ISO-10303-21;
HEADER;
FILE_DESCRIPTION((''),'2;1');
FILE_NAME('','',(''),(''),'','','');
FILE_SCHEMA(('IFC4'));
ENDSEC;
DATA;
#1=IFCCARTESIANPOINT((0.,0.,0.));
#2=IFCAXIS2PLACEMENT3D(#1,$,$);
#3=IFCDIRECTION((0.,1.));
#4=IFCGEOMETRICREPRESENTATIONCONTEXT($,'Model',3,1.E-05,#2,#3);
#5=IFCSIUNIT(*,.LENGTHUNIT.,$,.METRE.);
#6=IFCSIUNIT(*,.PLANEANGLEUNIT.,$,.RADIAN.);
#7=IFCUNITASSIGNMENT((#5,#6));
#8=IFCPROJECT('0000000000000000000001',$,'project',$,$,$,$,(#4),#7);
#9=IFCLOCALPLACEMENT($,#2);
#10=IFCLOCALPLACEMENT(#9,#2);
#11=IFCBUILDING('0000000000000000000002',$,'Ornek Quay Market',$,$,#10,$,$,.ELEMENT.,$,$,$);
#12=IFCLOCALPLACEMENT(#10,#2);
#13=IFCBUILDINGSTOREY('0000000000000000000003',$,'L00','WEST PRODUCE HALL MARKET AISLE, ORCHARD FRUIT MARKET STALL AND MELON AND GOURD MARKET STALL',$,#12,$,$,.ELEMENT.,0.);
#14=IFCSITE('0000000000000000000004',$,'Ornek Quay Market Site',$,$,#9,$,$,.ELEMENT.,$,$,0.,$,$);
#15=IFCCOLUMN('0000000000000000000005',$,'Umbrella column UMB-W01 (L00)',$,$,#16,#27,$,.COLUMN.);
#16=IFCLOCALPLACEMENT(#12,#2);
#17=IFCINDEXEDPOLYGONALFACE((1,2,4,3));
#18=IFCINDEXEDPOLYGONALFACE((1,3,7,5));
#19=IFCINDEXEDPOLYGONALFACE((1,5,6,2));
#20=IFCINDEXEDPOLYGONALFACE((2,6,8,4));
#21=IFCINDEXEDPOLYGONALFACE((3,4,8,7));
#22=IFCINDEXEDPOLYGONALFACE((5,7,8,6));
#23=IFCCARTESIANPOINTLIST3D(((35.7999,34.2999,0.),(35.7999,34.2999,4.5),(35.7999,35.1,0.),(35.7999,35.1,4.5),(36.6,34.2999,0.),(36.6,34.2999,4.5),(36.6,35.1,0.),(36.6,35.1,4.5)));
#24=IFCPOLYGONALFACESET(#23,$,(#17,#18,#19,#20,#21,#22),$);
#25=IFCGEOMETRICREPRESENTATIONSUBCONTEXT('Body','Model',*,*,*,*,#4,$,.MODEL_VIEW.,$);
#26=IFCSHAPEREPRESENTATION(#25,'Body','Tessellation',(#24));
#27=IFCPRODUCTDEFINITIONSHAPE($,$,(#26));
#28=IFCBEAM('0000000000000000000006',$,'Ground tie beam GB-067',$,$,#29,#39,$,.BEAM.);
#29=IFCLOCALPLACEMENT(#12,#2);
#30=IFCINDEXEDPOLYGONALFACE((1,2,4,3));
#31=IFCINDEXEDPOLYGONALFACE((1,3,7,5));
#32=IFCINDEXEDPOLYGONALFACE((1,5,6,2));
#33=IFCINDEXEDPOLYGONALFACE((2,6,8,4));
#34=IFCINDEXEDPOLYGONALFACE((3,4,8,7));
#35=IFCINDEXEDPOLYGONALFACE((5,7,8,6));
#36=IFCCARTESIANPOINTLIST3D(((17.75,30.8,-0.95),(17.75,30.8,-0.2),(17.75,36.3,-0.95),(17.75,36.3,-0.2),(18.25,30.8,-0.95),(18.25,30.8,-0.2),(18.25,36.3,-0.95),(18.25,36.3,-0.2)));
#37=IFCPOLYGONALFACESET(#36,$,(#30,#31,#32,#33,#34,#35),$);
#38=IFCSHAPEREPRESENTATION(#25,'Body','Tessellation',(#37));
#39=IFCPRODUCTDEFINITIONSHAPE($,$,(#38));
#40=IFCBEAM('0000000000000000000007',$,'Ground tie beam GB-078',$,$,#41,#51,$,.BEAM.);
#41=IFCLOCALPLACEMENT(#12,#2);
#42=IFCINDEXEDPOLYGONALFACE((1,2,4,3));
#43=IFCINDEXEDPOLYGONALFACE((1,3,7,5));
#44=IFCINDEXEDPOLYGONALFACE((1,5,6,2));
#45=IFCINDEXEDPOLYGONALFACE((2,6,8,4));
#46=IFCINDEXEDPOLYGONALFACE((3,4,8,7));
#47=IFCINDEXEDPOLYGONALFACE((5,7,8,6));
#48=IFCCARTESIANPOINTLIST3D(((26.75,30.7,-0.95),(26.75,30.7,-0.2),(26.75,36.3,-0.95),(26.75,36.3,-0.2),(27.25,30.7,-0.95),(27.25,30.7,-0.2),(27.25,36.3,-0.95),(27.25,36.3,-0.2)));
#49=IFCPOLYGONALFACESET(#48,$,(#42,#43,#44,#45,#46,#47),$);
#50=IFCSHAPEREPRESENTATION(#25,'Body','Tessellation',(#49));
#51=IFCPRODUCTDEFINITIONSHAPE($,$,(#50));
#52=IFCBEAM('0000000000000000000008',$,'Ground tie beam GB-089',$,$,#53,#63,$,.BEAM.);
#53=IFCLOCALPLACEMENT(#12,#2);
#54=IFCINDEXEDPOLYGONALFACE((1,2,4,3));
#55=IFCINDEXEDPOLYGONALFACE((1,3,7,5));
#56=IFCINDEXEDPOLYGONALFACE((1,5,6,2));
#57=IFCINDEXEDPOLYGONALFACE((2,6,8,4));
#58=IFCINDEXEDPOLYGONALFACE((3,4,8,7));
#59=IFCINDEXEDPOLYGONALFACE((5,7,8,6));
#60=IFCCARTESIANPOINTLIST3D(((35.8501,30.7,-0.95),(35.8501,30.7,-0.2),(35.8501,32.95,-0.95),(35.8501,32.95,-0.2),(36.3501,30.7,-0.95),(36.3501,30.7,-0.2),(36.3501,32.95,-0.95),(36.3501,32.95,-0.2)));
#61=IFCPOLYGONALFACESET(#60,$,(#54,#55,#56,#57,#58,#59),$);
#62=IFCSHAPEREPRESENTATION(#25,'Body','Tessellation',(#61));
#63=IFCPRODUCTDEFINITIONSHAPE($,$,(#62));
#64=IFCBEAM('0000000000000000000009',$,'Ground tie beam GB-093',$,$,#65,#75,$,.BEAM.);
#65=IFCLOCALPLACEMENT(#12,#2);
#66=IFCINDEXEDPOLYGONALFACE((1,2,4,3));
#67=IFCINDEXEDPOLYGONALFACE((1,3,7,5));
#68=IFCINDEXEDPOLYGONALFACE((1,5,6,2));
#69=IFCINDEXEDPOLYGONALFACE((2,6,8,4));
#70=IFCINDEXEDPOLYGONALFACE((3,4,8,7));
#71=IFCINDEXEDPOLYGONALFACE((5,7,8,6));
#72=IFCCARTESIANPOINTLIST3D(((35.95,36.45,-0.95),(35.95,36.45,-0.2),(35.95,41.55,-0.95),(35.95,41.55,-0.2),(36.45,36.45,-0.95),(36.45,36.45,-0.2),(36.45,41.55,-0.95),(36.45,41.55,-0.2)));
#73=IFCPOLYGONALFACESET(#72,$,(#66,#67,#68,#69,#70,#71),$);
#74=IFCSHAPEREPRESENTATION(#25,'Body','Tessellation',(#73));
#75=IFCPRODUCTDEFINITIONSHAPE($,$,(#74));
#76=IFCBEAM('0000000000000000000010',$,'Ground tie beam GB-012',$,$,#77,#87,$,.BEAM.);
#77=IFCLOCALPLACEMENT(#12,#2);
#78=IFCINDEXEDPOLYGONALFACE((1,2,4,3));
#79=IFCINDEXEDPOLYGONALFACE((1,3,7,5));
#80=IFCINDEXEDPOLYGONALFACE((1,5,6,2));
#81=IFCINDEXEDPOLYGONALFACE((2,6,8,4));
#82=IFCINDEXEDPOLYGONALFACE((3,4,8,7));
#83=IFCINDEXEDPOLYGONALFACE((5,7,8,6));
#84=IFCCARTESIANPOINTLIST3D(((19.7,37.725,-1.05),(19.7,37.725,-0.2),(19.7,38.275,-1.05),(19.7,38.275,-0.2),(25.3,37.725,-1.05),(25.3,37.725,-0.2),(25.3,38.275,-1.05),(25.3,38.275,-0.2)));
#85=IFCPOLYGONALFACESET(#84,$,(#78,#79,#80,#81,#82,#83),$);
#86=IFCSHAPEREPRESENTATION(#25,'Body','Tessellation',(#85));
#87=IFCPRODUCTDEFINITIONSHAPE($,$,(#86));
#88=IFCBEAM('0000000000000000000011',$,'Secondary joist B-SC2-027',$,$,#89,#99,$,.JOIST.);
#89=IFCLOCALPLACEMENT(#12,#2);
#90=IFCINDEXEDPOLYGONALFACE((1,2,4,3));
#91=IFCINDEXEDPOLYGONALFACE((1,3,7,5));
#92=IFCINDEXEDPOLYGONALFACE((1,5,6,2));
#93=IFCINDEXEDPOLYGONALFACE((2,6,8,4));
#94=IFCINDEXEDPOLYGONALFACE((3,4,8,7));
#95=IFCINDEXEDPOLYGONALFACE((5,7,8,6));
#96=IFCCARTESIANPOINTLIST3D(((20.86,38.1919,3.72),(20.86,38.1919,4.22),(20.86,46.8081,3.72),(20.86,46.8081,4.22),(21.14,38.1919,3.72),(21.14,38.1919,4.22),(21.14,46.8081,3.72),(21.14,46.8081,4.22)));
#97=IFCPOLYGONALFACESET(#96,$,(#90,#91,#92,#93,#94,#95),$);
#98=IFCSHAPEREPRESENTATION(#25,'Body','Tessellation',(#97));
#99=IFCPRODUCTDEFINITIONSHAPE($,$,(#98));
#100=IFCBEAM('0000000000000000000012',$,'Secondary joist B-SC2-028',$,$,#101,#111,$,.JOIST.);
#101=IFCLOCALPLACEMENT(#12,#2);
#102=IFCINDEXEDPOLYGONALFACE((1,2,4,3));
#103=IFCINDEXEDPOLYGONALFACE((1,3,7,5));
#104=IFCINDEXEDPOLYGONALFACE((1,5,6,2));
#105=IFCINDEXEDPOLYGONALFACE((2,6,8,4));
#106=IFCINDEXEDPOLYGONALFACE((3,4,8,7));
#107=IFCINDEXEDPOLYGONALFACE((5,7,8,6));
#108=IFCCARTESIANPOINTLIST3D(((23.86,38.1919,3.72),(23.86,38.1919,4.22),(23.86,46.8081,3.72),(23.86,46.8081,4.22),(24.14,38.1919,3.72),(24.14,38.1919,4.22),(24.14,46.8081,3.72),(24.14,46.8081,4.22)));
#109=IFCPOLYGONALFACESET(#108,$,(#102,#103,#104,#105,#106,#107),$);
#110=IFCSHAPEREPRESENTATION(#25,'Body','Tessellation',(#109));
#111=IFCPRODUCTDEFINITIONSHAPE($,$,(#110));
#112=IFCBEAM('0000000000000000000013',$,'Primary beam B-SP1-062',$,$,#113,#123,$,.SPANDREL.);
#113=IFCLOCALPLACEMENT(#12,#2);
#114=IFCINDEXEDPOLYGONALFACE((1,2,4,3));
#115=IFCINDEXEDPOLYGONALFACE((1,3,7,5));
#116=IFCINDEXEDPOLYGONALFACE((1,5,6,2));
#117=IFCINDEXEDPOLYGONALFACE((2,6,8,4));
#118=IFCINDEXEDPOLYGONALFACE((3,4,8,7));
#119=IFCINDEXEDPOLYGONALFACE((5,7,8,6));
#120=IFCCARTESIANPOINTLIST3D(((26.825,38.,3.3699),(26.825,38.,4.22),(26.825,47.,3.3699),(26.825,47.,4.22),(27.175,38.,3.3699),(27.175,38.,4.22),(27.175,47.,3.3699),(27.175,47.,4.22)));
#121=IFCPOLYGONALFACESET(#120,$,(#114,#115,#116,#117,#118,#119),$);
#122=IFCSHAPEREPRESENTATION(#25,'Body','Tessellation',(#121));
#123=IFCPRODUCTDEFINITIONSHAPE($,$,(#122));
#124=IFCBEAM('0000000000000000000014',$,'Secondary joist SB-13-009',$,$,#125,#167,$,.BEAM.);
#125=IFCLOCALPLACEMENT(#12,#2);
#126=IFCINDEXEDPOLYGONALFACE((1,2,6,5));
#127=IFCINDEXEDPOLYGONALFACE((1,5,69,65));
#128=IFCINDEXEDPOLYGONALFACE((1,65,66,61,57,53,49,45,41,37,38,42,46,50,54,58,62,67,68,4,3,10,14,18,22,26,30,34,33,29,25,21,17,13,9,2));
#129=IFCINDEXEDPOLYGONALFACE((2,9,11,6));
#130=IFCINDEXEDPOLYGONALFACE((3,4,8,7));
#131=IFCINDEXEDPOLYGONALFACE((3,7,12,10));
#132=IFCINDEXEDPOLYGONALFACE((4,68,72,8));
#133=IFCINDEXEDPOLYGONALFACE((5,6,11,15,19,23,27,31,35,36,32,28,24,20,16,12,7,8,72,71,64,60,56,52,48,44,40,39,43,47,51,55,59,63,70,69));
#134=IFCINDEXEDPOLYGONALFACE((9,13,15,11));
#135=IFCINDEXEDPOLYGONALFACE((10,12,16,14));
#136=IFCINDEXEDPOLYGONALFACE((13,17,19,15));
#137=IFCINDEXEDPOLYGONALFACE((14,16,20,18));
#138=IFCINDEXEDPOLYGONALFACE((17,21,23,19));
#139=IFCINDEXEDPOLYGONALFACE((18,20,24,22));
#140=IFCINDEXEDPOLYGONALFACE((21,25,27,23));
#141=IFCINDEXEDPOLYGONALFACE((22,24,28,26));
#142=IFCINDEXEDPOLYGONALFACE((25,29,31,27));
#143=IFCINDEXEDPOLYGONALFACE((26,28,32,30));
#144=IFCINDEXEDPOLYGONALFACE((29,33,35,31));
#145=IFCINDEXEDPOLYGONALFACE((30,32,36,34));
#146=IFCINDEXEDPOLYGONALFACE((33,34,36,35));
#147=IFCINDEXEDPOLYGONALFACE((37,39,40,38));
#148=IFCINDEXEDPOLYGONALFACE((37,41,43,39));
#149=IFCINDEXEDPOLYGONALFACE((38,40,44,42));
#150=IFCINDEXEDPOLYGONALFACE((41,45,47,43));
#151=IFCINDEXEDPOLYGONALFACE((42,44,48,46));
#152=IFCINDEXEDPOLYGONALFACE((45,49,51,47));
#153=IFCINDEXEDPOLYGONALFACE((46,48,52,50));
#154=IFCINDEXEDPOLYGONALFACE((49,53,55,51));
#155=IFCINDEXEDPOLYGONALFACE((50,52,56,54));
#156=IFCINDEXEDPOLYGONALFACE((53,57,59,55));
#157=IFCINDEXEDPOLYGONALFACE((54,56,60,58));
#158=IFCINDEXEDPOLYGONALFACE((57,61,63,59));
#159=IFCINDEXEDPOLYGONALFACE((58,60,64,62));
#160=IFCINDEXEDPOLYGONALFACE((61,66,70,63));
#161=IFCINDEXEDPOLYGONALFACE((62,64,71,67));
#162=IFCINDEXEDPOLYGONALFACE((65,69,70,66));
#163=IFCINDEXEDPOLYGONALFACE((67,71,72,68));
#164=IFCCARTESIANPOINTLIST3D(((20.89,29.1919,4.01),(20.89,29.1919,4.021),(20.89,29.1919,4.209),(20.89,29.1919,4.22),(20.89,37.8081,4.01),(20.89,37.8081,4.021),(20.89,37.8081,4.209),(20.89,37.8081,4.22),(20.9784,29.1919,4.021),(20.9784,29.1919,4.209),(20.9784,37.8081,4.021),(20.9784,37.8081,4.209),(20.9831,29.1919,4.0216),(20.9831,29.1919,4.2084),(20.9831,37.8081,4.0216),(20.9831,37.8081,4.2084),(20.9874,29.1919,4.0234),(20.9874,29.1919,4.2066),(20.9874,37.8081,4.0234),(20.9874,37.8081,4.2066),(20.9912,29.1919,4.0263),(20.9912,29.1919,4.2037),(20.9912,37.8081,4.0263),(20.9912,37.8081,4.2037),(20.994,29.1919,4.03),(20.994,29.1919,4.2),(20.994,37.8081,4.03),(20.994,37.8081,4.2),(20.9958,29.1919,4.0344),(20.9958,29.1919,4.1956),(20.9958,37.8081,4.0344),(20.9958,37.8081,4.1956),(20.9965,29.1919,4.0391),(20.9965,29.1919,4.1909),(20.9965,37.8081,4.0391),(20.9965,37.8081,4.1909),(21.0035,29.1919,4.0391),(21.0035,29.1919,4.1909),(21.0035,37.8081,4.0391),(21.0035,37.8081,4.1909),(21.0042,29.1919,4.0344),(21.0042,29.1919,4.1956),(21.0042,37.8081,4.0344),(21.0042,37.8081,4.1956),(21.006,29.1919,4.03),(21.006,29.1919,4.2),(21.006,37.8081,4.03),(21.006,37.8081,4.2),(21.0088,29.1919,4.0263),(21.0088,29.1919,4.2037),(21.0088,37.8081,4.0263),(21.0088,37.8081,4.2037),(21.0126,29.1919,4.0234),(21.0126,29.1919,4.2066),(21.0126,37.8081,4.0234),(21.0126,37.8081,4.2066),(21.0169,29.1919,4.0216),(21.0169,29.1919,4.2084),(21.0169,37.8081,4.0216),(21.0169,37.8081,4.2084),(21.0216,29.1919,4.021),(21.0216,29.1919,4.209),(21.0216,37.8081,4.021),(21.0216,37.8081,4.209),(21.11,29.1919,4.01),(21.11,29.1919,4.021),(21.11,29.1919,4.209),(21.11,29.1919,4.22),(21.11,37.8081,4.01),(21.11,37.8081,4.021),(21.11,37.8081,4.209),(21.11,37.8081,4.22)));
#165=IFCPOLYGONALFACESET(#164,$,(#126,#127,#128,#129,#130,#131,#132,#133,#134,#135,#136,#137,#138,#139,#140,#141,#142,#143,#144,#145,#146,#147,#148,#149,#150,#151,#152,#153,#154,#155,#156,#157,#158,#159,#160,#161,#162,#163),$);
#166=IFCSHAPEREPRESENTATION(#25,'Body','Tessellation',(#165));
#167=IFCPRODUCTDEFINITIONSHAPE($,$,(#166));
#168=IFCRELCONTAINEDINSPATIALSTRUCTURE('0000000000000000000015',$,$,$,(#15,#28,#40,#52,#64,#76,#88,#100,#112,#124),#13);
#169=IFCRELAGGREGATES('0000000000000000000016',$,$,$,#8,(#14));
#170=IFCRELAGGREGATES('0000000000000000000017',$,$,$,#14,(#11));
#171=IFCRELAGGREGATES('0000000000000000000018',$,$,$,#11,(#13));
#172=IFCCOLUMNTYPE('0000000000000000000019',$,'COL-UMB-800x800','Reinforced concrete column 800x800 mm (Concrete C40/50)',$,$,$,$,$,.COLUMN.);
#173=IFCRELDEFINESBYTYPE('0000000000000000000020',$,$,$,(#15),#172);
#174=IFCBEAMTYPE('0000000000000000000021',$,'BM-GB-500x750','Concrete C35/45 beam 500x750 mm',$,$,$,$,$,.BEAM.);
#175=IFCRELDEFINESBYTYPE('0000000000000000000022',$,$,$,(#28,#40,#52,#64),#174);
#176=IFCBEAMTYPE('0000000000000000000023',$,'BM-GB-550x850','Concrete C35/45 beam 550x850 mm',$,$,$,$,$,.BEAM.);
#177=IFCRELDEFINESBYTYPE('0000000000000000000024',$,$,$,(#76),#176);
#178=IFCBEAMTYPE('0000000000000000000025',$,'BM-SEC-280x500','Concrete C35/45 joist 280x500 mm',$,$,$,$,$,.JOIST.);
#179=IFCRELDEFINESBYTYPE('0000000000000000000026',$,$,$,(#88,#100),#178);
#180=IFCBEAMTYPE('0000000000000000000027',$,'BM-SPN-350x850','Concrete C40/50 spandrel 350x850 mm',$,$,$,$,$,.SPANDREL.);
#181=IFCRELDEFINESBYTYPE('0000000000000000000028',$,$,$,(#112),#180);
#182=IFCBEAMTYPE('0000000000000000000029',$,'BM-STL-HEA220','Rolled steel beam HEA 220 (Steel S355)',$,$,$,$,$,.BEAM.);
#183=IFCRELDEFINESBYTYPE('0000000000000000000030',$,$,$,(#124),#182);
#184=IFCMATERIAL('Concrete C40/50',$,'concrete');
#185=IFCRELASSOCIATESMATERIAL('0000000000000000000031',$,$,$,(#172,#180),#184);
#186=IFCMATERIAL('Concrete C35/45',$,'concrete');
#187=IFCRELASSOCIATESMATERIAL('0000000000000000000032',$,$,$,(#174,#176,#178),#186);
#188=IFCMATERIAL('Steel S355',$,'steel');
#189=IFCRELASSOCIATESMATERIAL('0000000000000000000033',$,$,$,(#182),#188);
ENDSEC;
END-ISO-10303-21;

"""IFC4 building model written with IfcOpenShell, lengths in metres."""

from ifc_helpers import new_model, si_unit, direction, frame, origin, origin_2d, place, context, subcontext, project, spatial, rectangle, i_section, extrude, material, material_profile, profile_set, type_object, element, save


model = new_model("IFC4")

# Units and contexts
model_context = context("Model", 3, precision=1e-05, world=origin(), true_north=direction((0.0, 1.0)))
body_context = subcontext(model_context, "Body", "Model", "MODEL_VIEW")
ifc_project = project(units=[si_unit("LENGTHUNIT", "METRE"), si_unit("PLANEANGLEUNIT", "RADIAN")], contexts=[model_context])

# Site, building, storey
site_placement = place(None, origin())
site = spatial("IfcSite", under=ifc_project, at=site_placement, Name="Ornek Quay Market Site", CompositionType="ELEMENT", RefElevation=0.0)
building_placement = place(site_placement, origin())
building = spatial("IfcBuilding", under=site, at=building_placement, Name="Ornek Quay Market", CompositionType="ELEMENT")
storey_placement = place(building_placement, origin())
storey = spatial("IfcBuildingStorey", under=building, at=storey_placement, Name="L00", Description="WEST PRODUCE HALL MARKET AISLE, ORCHARD FRUIT MARKET STALL AND MELON AND GOURD MARKET STALL", CompositionType="ELEMENT", Elevation=0.0)

# Shared definitions
ifc_material_1 = material(Name="Concrete C35/45", Category="concrete")

# Column
ifc_material_2 = material(Name="Concrete C40/50", Category="concrete")
ifc_material_profile_1 = material_profile(ifc_material_2, rectangle(XDim=0.8, YDim=0.8, at=origin_2d()), Name="RC 800x800", Category="concrete")
ifc_profile_set_1 = profile_set([ifc_material_profile_1], Name="Concrete C40/50")
column_type_1 = type_object("IfcColumnType", Name="COL-UMB-800x800", Description="Reinforced concrete column 800x800 mm (Concrete C40/50)", PredefinedType="COLUMN", material=ifc_profile_set_1)
column_placement = place(storey_placement, frame((36.2, 34.7, 0.0), z_axis=(0.0, 0.0, 1.0), x_axis=(1.0, 0.0, 0.0)))
element("IfcColumn", 1, at=column_placement, inside=storey, type_object=column_type_1, Name="Umbrella column UMB-W01 (L00)", PredefinedType="COLUMN", context=body_context, shape_type="SweptSolid", body=[
    extrude(rectangle(XDim=0.8, YDim=0.8, at=origin_2d()), origin(), (0.0, 0.0, 1.0), 4.5),
])

# Beams
ifc_material_profile_2 = material_profile(ifc_material_1, rectangle(XDim=0.5, YDim=0.75, at=origin_2d()), Name="RC 500x750", Category="concrete")
ifc_profile_set_2 = profile_set([ifc_material_profile_2], Name="Concrete C35/45")
beam_type_1 = type_object("IfcBeamType", Name="BM-GB-500x750", Description="Concrete C35/45 beam 500x750 mm", PredefinedType="BEAM", material=ifc_profile_set_2)
beam_1_placement = place(storey_placement, frame((18.0, 30.8, -0.575), z_axis=(0.0, 1.0, 0.0), x_axis=(-1.0, 0.0, 0.0)))
element("IfcBeam", 2, at=beam_1_placement, inside=storey, type_object=beam_type_1, Name="Ground tie beam GB-067", PredefinedType="BEAM", context=body_context, shape_type="SweptSolid", body=[
    extrude(rectangle(XDim=0.5, YDim=0.75, at=origin_2d()), origin(), (0.0, 0.0, 1.0), 5.5),
])
beam_2_placement = place(storey_placement, frame((27.0, 30.7, -0.575), z_axis=(0.0, 1.0, 0.0), x_axis=(-1.0, 0.0, 0.0)))
element("IfcBeam", 3, at=beam_2_placement, inside=storey, type_object=beam_type_1, Name="Ground tie beam GB-078", PredefinedType="BEAM", context=body_context, shape_type="SweptSolid", body=[
    extrude(rectangle(XDim=0.5, YDim=0.75, at=origin_2d()), origin(), (0.0, 0.0, 1.0), 5.6001),
])
beam_3_placement = place(storey_placement, frame((36.1001, 30.7, -0.575), z_axis=(0.0, 1.0, 0.0), x_axis=(-1.0, 0.0, 0.0)))
element("IfcBeam", 4, at=beam_3_placement, inside=storey, type_object=beam_type_1, Name="Ground tie beam GB-089", PredefinedType="BEAM", context=body_context, shape_type="SweptSolid", body=[
    extrude(rectangle(XDim=0.5, YDim=0.75, at=origin_2d()), origin(), (0.0, 0.0, 1.0), 2.25),
])
beam_4_placement = place(storey_placement, frame((36.2, 36.45, -0.575), z_axis=(0.0, 1.0, 0.0), x_axis=(-1.0, 0.0, 0.0)))
element("IfcBeam", 5, at=beam_4_placement, inside=storey, type_object=beam_type_1, Name="Ground tie beam GB-093", PredefinedType="BEAM", context=body_context, shape_type="SweptSolid", body=[
    extrude(rectangle(XDim=0.5, YDim=0.75, at=origin_2d()), origin(), (0.0, 0.0, 1.0), 5.1001),
])
ifc_material_profile_3 = material_profile(ifc_material_1, rectangle(XDim=0.55, YDim=0.8501, at=origin_2d()), Name="RC 550x850", Category="concrete")
ifc_profile_set_3 = profile_set([ifc_material_profile_3], Name="Concrete C35/45")
beam_type_2 = type_object("IfcBeamType", Name="BM-GB-550x850", Description="Concrete C35/45 beam 550x850 mm", PredefinedType="BEAM", material=ifc_profile_set_3)
beam_5_placement = place(storey_placement, frame((19.7, 38.0, -0.625), z_axis=(1.0, 0.0, 0.0), x_axis=(0.0, 1.0, 0.0)))
element("IfcBeam", 6, at=beam_5_placement, inside=storey, type_object=beam_type_2, Name="Ground tie beam GB-012", PredefinedType="BEAM", context=body_context, shape_type="SweptSolid", body=[
    extrude(rectangle(XDim=0.55, YDim=0.8501, at=origin_2d()), origin(), (0.0, 0.0, 1.0), 5.6001),
])
ifc_material_profile_4 = material_profile(ifc_material_1, rectangle(XDim=0.28, YDim=0.5, at=origin_2d()), Name="RC 280x500", Category="concrete")
ifc_profile_set_4 = profile_set([ifc_material_profile_4], Name="Concrete C35/45")
beam_type_3 = type_object("IfcBeamType", Name="BM-SEC-280x500", Description="Concrete C35/45 joist 280x500 mm", PredefinedType="JOIST", material=ifc_profile_set_4)
for number, where, z_axis, x_axis, name in (
    (7, (21.0, 38.1919, 3.97), (0.0, 1.0, 0.0), (-1.0, 0.0, 0.0), "Secondary joist B-SC2-027"),
    (8, (24.0, 38.1919, 3.97), (0.0, 1.0, 0.0), (-1.0, 0.0, 0.0), "Secondary joist B-SC2-028"),
):
    element("IfcBeam", number, at=place(storey_placement, frame(where, z_axis=z_axis, x_axis=x_axis)), inside=storey, type_object=beam_type_3, Name=name, PredefinedType="JOIST", context=body_context, shape_type="SweptSolid", body=[
        extrude(rectangle(XDim=0.28, YDim=0.5, at=origin_2d()), origin(), (0.0, 0.0, 1.0), 8.6162),
    ])
ifc_material_profile_5 = material_profile(ifc_material_2, rectangle(XDim=0.3501, YDim=0.8501, at=origin_2d()), Name="RC 350x850", Category="concrete")
ifc_profile_set_5 = profile_set([ifc_material_profile_5], Name="Concrete C40/50")
beam_type_4 = type_object("IfcBeamType", Name="BM-SPN-350x850", Description="Concrete C40/50 spandrel 350x850 mm", PredefinedType="SPANDREL", material=ifc_profile_set_5)
beam_6_placement = place(storey_placement, frame((27.0, 38.0, 3.7949), z_axis=(0.0, 1.0, 0.0), x_axis=(-1.0, 0.0, 0.0)))
element("IfcBeam", 9, at=beam_6_placement, inside=storey, type_object=beam_type_4, Name="Primary beam B-SP1-062", PredefinedType="SPANDREL", context=body_context, shape_type="SweptSolid", body=[
    extrude(rectangle(XDim=0.3501, YDim=0.8501, at=origin_2d()), origin(), (0.0, 0.0, 1.0), 9.0),
])
ifc_material_3 = material(Name="Steel S355", Category="steel")
ifc_material_profile_6 = material_profile(ifc_material_3, i_section(OverallWidth=0.22, OverallDepth=0.21, WebThickness=0.0071, FlangeThickness=0.011, FilletRadius=0.0181, at=origin_2d()), Name="HEA 220", Category="steel")
ifc_profile_set_6 = profile_set([ifc_material_profile_6], Name="Steel S355")
beam_type_5 = type_object("IfcBeamType", Name="BM-STL-HEA220", Description="Rolled steel beam HEA 220 (Steel S355)", PredefinedType="BEAM", material=ifc_profile_set_6)
for number, where, z_axis, x_axis, name in (
    (10, (21.0, 29.1919, 4.115), (0.0, 1.0, 0.0), (-1.0, 0.0, 0.0), "Secondary joist SB-13-009"),
):
    element("IfcBeam", number, at=place(storey_placement, frame(where, z_axis=z_axis, x_axis=x_axis)), inside=storey, type_object=beam_type_5, Name=name, PredefinedType="BEAM", context=body_context, shape_type="SweptSolid", body=[
        extrude(i_section(OverallWidth=0.22, OverallDepth=0.21, WebThickness=0.0071, FlangeThickness=0.011, FilletRadius=0.0181, at=origin_2d()), origin(), (0.0, 0.0, 1.0), 8.6162),
    ])

save(model, "model.ifc")
